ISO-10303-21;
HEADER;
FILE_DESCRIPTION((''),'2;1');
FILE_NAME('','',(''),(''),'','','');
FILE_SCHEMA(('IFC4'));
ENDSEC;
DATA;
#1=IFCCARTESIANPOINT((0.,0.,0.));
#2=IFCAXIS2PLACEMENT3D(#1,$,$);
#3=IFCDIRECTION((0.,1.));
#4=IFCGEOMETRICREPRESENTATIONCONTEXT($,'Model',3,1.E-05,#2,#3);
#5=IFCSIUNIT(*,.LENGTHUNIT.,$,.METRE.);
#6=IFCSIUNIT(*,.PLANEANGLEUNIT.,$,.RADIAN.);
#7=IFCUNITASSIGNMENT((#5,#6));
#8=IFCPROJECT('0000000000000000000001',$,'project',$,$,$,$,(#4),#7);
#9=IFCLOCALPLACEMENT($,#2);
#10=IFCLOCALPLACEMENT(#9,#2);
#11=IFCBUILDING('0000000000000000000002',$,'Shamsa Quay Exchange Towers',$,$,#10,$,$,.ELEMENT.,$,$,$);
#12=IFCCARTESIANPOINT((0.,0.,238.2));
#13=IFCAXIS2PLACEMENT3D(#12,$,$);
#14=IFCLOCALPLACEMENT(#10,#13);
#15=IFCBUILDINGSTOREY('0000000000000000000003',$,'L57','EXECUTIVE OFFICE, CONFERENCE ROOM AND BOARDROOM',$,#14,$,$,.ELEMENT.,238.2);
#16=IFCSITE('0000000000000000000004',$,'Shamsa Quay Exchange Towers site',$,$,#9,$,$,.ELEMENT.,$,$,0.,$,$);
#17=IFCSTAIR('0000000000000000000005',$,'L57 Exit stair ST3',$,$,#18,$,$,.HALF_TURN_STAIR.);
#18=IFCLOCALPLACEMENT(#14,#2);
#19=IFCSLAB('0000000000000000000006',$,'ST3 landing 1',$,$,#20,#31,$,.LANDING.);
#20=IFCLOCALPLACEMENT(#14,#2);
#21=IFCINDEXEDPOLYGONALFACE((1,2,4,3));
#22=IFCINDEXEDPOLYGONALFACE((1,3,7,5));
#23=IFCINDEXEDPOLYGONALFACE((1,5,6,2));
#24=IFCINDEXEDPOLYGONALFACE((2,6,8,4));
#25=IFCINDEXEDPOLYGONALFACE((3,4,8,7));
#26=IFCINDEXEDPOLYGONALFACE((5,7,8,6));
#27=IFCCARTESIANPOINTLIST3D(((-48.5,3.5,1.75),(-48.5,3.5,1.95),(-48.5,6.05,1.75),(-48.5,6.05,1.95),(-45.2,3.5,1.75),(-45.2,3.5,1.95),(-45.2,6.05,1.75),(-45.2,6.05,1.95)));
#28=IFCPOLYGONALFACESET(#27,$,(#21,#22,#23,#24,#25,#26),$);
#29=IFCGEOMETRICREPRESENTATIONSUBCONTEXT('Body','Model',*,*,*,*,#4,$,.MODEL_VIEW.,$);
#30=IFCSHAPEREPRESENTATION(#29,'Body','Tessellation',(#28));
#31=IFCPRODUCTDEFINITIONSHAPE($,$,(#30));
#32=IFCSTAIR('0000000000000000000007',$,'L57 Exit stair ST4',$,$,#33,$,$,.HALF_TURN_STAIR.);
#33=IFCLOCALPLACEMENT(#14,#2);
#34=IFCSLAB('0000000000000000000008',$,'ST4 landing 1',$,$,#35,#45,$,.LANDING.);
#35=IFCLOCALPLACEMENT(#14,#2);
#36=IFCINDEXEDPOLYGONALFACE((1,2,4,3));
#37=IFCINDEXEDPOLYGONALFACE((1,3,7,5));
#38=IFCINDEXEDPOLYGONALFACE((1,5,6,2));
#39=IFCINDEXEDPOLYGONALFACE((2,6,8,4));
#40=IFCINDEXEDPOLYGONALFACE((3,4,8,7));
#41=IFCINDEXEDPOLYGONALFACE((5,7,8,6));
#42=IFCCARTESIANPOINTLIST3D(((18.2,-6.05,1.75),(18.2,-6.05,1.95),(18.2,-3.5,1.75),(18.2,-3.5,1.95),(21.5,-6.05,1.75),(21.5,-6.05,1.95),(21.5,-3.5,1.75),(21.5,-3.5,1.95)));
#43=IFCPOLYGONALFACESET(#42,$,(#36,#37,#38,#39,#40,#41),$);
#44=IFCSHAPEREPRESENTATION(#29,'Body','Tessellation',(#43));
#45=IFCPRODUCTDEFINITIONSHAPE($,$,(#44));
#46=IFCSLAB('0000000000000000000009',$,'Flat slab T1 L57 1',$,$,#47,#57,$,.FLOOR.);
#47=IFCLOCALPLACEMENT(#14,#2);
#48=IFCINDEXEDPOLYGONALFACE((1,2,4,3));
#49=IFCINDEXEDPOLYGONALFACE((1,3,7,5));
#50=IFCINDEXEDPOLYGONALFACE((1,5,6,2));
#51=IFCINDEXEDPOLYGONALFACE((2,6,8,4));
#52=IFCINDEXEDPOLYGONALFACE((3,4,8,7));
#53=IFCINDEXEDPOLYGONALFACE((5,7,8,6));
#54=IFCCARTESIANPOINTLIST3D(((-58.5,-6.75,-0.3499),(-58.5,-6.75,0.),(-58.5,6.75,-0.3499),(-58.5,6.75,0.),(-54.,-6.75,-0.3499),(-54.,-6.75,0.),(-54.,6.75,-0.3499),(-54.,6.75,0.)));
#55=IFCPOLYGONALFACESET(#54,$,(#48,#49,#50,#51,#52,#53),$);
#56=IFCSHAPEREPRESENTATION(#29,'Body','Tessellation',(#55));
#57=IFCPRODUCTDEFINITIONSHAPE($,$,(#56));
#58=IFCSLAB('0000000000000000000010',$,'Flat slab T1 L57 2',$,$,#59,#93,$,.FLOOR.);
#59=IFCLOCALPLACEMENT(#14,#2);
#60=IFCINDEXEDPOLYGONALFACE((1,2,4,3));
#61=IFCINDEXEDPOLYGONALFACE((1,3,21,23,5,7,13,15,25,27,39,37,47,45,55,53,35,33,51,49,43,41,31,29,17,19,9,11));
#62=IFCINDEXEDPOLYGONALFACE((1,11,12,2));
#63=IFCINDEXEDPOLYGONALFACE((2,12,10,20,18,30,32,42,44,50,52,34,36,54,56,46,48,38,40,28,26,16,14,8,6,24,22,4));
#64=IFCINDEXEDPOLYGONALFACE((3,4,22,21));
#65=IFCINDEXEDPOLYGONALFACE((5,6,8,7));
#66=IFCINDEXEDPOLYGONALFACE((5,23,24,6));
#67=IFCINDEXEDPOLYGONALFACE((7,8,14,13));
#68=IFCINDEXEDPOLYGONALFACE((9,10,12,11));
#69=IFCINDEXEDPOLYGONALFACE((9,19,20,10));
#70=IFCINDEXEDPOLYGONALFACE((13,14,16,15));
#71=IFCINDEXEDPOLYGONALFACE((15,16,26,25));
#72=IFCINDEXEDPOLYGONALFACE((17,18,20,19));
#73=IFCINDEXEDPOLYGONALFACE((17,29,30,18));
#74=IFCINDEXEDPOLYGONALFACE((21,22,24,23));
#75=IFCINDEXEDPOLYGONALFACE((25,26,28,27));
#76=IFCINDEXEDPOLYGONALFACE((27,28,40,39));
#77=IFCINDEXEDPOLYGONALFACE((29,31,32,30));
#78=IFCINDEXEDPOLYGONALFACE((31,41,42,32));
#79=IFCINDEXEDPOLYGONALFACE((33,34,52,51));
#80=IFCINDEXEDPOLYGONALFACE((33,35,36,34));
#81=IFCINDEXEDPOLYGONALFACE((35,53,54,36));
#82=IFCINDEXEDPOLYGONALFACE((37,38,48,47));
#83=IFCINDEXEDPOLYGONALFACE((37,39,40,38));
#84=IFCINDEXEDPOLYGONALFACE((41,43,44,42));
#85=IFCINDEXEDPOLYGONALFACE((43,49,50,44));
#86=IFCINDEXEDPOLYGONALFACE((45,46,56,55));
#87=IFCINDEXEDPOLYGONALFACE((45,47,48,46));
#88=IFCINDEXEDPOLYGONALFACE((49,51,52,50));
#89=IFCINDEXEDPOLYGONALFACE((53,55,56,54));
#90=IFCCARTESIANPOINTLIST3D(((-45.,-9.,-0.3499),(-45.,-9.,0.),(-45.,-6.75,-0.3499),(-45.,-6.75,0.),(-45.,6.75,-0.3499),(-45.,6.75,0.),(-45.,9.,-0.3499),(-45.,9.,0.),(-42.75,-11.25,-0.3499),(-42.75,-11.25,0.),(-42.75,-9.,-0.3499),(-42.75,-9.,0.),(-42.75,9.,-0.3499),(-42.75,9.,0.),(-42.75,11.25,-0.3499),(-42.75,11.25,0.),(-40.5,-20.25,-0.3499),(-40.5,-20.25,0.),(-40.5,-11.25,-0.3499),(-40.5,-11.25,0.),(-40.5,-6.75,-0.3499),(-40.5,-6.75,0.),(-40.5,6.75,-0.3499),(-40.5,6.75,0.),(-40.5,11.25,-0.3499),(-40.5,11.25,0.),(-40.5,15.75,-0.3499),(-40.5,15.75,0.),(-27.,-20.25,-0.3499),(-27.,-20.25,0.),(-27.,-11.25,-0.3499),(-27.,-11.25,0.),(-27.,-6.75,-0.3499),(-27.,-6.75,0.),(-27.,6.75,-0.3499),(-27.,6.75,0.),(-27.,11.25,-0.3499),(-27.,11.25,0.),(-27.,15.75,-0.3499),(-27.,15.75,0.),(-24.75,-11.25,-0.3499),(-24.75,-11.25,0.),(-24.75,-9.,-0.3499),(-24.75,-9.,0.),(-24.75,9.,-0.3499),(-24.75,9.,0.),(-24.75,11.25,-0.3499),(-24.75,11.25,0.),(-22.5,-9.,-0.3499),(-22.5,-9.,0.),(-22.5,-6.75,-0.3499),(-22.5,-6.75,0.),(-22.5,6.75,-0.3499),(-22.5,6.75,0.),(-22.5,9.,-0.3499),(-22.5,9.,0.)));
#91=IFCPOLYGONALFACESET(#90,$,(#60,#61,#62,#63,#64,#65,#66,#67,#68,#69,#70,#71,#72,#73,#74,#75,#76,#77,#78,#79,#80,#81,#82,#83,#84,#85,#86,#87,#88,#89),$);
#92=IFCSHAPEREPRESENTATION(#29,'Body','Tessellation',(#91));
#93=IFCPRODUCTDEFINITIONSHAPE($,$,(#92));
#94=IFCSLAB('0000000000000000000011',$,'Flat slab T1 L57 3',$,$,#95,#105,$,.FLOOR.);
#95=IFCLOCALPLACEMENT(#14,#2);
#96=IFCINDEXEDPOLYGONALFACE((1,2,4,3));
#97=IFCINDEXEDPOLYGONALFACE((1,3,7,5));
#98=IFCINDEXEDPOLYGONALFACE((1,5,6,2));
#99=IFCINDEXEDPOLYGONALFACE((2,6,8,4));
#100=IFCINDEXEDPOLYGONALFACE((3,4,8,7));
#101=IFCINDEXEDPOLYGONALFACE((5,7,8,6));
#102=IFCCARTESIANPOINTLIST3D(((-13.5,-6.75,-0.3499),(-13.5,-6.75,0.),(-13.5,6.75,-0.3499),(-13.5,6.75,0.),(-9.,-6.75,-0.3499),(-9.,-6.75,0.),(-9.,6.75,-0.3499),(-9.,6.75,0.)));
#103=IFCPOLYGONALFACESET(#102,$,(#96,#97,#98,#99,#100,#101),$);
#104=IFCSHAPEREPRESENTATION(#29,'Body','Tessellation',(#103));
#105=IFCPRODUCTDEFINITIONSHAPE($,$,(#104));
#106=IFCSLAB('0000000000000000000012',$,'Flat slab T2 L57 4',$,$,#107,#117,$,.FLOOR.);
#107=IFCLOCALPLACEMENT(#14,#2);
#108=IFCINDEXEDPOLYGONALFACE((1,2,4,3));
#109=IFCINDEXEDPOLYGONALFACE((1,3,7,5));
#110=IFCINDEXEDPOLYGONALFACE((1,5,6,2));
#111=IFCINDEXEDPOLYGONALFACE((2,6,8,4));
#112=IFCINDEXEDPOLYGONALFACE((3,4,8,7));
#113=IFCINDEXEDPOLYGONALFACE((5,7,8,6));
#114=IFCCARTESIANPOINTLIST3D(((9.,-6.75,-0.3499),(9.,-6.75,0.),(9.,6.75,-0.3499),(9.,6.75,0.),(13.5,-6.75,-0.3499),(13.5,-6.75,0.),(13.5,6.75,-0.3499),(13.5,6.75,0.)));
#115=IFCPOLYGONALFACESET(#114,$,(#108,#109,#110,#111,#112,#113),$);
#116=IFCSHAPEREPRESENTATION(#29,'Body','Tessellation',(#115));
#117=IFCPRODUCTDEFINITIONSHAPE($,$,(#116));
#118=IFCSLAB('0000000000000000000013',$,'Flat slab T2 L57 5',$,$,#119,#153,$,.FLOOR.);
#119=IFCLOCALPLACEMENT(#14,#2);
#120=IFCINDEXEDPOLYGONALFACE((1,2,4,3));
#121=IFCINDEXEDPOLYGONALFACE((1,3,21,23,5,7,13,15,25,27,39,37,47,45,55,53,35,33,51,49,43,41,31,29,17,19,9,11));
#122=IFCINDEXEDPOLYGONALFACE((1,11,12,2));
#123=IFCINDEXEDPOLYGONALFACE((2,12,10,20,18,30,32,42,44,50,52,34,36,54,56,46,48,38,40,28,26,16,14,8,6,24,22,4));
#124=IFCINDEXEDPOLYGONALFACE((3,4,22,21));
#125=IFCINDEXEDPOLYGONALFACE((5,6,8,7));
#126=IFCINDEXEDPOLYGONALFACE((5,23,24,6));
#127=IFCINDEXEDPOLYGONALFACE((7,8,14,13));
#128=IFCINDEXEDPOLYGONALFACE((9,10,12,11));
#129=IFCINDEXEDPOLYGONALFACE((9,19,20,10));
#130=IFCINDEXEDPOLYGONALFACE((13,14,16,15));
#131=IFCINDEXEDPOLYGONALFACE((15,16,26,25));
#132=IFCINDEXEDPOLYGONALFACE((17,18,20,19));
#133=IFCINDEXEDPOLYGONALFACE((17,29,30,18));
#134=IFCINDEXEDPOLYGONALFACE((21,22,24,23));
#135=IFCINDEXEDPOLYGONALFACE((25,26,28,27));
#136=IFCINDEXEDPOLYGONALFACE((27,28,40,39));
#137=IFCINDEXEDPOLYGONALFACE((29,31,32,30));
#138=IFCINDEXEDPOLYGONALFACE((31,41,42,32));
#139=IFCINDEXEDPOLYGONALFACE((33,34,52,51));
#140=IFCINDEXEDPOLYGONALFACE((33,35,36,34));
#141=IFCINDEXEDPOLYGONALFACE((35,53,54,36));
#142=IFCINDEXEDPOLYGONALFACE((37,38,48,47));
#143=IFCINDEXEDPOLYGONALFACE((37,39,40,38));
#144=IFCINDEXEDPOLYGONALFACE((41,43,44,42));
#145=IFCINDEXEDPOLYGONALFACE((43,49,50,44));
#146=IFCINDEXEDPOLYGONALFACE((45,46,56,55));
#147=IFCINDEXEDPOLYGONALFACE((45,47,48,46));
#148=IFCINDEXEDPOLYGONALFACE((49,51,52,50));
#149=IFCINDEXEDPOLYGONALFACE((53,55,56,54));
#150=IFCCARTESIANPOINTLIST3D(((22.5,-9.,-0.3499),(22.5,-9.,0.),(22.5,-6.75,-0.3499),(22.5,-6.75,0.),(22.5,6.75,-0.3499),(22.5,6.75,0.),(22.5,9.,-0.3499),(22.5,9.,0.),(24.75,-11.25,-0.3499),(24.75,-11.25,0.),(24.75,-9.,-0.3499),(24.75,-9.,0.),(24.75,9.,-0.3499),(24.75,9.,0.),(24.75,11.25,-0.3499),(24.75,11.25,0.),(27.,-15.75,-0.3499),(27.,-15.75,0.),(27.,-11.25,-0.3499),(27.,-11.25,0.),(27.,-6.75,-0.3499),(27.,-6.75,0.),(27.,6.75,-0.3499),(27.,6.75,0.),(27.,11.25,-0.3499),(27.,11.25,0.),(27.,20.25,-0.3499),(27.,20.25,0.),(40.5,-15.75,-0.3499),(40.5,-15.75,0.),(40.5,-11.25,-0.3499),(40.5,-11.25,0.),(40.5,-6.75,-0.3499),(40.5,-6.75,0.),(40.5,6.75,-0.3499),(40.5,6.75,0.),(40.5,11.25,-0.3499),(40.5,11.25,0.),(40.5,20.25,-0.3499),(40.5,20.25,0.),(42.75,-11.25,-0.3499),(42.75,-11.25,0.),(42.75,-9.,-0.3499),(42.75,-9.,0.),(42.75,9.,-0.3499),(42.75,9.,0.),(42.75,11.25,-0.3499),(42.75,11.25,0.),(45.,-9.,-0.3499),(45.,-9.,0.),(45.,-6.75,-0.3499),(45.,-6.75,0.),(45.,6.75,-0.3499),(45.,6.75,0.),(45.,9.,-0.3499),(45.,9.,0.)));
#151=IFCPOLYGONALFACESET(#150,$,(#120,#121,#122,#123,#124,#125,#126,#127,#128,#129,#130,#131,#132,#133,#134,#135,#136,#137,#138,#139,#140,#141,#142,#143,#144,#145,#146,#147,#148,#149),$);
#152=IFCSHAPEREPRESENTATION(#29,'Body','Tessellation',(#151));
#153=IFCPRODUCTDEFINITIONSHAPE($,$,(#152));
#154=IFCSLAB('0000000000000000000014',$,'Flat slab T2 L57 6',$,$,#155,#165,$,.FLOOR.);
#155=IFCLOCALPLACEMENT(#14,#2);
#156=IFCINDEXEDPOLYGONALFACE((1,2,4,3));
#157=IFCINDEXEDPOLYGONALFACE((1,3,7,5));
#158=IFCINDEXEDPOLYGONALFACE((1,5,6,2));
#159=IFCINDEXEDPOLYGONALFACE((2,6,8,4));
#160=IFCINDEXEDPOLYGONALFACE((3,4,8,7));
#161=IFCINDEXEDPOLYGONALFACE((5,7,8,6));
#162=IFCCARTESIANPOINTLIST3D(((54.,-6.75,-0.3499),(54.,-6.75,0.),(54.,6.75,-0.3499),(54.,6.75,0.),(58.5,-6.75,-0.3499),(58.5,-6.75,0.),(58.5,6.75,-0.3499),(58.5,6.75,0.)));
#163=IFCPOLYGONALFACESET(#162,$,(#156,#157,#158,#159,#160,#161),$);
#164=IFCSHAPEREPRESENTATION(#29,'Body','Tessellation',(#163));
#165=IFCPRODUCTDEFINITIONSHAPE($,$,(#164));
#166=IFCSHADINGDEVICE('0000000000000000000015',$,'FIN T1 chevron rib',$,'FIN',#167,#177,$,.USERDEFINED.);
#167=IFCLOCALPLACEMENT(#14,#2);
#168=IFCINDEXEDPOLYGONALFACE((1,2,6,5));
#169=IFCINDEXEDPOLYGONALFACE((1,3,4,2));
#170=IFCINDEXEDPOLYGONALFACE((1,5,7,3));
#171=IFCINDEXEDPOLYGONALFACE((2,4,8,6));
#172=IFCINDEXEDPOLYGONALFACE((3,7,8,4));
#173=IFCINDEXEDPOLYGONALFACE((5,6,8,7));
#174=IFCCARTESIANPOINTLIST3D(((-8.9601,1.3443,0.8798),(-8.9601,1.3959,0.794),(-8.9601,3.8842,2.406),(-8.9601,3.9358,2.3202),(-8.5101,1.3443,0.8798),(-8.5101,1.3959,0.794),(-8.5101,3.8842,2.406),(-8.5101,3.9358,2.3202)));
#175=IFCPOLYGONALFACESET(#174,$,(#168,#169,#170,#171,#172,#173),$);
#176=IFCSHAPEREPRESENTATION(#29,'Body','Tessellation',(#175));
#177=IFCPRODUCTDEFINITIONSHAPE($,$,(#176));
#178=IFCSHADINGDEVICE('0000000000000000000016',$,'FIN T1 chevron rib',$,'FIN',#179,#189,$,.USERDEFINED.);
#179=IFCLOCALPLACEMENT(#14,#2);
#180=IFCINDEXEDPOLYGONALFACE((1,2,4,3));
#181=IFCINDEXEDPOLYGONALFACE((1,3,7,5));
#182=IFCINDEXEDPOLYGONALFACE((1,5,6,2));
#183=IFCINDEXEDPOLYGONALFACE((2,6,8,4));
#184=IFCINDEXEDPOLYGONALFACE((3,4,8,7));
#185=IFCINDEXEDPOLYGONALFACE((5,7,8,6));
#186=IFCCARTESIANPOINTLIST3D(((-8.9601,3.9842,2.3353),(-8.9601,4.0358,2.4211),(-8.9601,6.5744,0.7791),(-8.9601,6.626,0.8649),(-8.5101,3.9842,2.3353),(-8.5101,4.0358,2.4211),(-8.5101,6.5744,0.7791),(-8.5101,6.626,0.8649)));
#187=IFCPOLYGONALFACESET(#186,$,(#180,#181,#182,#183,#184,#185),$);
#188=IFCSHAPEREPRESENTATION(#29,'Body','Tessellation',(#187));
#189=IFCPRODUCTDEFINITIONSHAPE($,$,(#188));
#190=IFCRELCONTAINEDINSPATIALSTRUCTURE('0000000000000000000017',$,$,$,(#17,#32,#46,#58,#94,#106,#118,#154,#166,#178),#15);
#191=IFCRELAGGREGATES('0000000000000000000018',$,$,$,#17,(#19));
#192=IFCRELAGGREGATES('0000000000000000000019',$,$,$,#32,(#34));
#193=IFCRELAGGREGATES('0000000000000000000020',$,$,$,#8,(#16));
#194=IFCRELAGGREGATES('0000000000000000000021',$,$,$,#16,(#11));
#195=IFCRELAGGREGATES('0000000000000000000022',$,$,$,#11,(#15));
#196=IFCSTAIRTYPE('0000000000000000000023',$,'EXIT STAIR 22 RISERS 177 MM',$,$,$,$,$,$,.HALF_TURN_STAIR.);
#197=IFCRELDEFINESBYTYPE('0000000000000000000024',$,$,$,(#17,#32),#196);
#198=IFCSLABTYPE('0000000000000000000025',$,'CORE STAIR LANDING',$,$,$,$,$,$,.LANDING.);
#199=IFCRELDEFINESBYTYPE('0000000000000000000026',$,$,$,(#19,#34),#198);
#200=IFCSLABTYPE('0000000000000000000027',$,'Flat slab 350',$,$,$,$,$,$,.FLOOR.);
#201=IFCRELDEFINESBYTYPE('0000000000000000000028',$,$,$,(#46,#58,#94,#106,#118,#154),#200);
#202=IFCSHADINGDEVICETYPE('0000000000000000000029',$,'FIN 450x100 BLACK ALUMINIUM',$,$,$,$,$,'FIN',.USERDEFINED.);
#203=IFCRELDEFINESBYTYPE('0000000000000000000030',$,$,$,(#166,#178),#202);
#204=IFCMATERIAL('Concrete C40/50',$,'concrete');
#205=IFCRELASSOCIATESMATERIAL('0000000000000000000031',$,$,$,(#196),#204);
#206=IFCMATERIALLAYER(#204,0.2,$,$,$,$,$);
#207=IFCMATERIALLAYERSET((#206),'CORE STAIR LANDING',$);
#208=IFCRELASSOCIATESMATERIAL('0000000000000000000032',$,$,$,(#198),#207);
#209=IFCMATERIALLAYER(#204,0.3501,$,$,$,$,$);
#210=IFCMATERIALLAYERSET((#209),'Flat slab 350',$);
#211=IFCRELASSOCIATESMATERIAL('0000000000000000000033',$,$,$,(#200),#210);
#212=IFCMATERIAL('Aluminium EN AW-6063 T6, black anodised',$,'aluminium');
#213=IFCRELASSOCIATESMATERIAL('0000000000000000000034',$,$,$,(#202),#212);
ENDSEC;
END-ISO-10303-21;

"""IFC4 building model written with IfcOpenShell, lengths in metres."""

from ifc_helpers import new_model, si_unit, direction, frame, origin, origin_2d, place, context, subcontext, project, spatial, polyline, rectangle, outline, extrude, material, layer, layer_set, material_profile, profile_set, type_object, element, aggregate, save


model = new_model("IFC4")

# Units and contexts
model_context = context("Model", 3, precision=1e-05, world=origin(), true_north=direction((0.0, 1.0)))
body_context = subcontext(model_context, "Body", "Model", "MODEL_VIEW")
ifc_project = project(units=[si_unit("LENGTHUNIT", "METRE"), si_unit("PLANEANGLEUNIT", "RADIAN")], contexts=[model_context])

# Site, building, storey
site_placement = place(None, origin())
site = spatial("IfcSite", under=ifc_project, at=site_placement, Name="Shamsa Quay Exchange Towers site", CompositionType="ELEMENT", RefElevation=0.0)
building_placement = place(site_placement, origin())
building = spatial("IfcBuilding", under=site, at=building_placement, Name="Shamsa Quay Exchange Towers", CompositionType="ELEMENT")
storey_placement = place(building_placement, frame((0.0, 0.0, 238.2)))
storey = spatial("IfcBuildingStorey", under=building, at=storey_placement, Name="L57", Description="EXECUTIVE OFFICE, CONFERENCE ROOM AND BOARDROOM", CompositionType="ELEMENT", Elevation=238.2)

# Stairs, slabs
ifc_material_1 = material(Name="Concrete C40/50", Category="concrete")
stair_type = type_object("IfcStairType", Name="EXIT STAIR 22 RISERS 177 MM", PredefinedType="HALF_TURN_STAIR", material=ifc_material_1)
ifc_layer_1 = layer(ifc_material_1, 0.2)
ifc_layer_set_1 = layer_set([ifc_layer_1], Name="CORE STAIR LANDING")
slab_type_1 = type_object("IfcSlabType", Name="CORE STAIR LANDING", PredefinedType="LANDING", material=ifc_layer_set_1)
stair_1_placement = place(storey_placement, origin())
stair_1 = element("IfcStair", 1, at=stair_1_placement, inside=storey, type_object=stair_type, Name="L57 Exit stair ST3", PredefinedType="HALF_TURN_STAIR")
slab_1_placement = place(storey_placement, frame((0.0, 0.0, 1.75)))
slab_1 = element("IfcSlab", 2, at=slab_1_placement, type_object=slab_type_1, Name="ST3 landing 1", PredefinedType="LANDING", context=body_context, shape_type="SweptSolid", body=[
    extrude(outline(polyline([(-45.2, 6.05), (-48.5, 6.05), (-48.5, 3.5), (-45.2, 3.5), (-45.2, 6.05)])), origin(), (0.0, 0.0, 1.0), 0.2),
])
aggregate(stair_1, [slab_1])
stair_2_placement = place(storey_placement, origin())
stair_2 = element("IfcStair", 3, at=stair_2_placement, inside=storey, type_object=stair_type, Name="L57 Exit stair ST4", PredefinedType="HALF_TURN_STAIR")
slab_2_placement = place(storey_placement, frame((0.0, 0.0, 1.75)))
slab_2 = element("IfcSlab", 4, at=slab_2_placement, type_object=slab_type_1, Name="ST4 landing 1", PredefinedType="LANDING", context=body_context, shape_type="SweptSolid", body=[
    extrude(outline(polyline([(18.2, -6.05), (21.5, -6.05), (21.5, -3.5), (18.2, -3.5), (18.2, -6.05)])), origin(), (0.0, 0.0, 1.0), 0.2),
])
aggregate(stair_2, [slab_2])

# Slabs
ifc_layer_2 = layer(ifc_material_1, 0.3501)
ifc_layer_set_2 = layer_set([ifc_layer_2], Name="Flat slab 350")
slab_type_2 = type_object("IfcSlabType", Name="Flat slab 350", PredefinedType="FLOOR", material=ifc_layer_set_2)
slab_3_placement = place(storey_placement, frame((0.0, 0.0, -0.3499)))
element("IfcSlab", 5, at=slab_3_placement, inside=storey, type_object=slab_type_2, Name="Flat slab T1 L57 1", PredefinedType="FLOOR", context=body_context, shape_type="SweptSolid", body=[
    extrude(outline(polyline([(-58.5, -6.75), (-54.0, -6.75), (-54.0, 6.75), (-58.5, 6.75), (-58.5, -6.75)])), origin(), (0.0, 0.0, 1.0), 0.3499),
])
slab_4_placement = place(storey_placement, frame((0.0, 0.0, -0.3499)))
element("IfcSlab", 6, at=slab_4_placement, inside=storey, type_object=slab_type_2, Name="Flat slab T1 L57 2", PredefinedType="FLOOR", context=body_context, shape_type="SweptSolid", body=[
    extrude(outline(polyline([(-22.5, -9.0), (-22.5, -6.75), (-27.0, -6.75), (-27.0, 6.75), (-22.5, 6.75), (-22.5, 9.0), (-24.75, 9.0), (-24.75, 11.25), (-27.0, 11.25), (-27.0, 15.75), (-40.5, 15.75), (-40.5, 11.25), (-42.75, 11.25), (-42.75, 9.0), (-45.0, 9.0), (-45.0, 6.75), (-40.5, 6.75), (-40.5, -6.75), (-45.0, -6.75), (-45.0, -9.0), (-42.75, -9.0), (-42.75, -11.25), (-40.5, -11.25), (-40.5, -20.25), (-27.0, -20.25), (-27.0, -11.25), (-24.75, -11.25), (-24.75, -9.0), (-22.5, -9.0)])), origin(), (0.0, 0.0, 1.0), 0.3499),
])
slab_5_placement = place(storey_placement, frame((0.0, 0.0, -0.3499)))
element("IfcSlab", 7, at=slab_5_placement, inside=storey, type_object=slab_type_2, Name="Flat slab T1 L57 3", PredefinedType="FLOOR", context=body_context, shape_type="SweptSolid", body=[
    extrude(outline(polyline([(-9.0, 6.75), (-13.5, 6.75), (-13.5, -6.75), (-9.0, -6.75), (-9.0, 6.75)])), origin(), (0.0, 0.0, 1.0), 0.3499),
])
slab_6_placement = place(storey_placement, frame((0.0, 0.0, -0.3499)))
element("IfcSlab", 8, at=slab_6_placement, inside=storey, type_object=slab_type_2, Name="Flat slab T2 L57 4", PredefinedType="FLOOR", context=body_context, shape_type="SweptSolid", body=[
    extrude(outline(polyline([(9.0, -6.75), (13.5, -6.75), (13.5, 6.75), (9.0, 6.75), (9.0, -6.75)])), origin(), (0.0, 0.0, 1.0), 0.3499),
])
slab_7_placement = place(storey_placement, frame((0.0, 0.0, -0.3499)))
element("IfcSlab", 9, at=slab_7_placement, inside=storey, type_object=slab_type_2, Name="Flat slab T2 L57 5", PredefinedType="FLOOR", context=body_context, shape_type="SweptSolid", body=[
    extrude(outline(polyline([(45.0, -9.0), (45.0, -6.75), (40.5, -6.75), (40.5, 6.75), (45.0, 6.75), (45.0, 9.0), (42.75, 9.0), (42.75, 11.25), (40.5, 11.25), (40.5, 20.25), (27.0, 20.25), (27.0, 11.25), (24.75, 11.25), (24.75, 9.0), (22.5, 9.0), (22.5, 6.75), (27.0, 6.75), (27.0, -6.75), (22.5, -6.75), (22.5, -9.0), (24.75, -9.0), (24.75, -11.25), (27.0, -11.25), (27.0, -15.75), (40.5, -15.75), (40.5, -11.25), (42.75, -11.25), (42.75, -9.0), (45.0, -9.0)])), origin(), (0.0, 0.0, 1.0), 0.3499),
])
slab_8_placement = place(storey_placement, frame((0.0, 0.0, -0.3499)))
element("IfcSlab", 10, at=slab_8_placement, inside=storey, type_object=slab_type_2, Name="Flat slab T2 L57 6", PredefinedType="FLOOR", context=body_context, shape_type="SweptSolid", body=[
    extrude(outline(polyline([(58.5, 6.75), (54.0, 6.75), (54.0, -6.75), (58.5, -6.75), (58.5, 6.75)])), origin(), (0.0, 0.0, 1.0), 0.3499),
])

# Shading devices
ifc_material_2 = material(Name="Aluminium EN AW-6063 T6, black anodised", Category="aluminium")
ifc_material_profile = material_profile(ifc_material_2, rectangle(XDim=0.45, YDim=0.1001, at=origin_2d()), Name="FIN450x100")
ifc_profile_set = profile_set([ifc_material_profile], Name="Aluminium EN AW-6063 T6, black anodised")
shading_device_type = type_object("IfcShadingDeviceType", Name="FIN 450x100 BLACK ALUMINIUM", ElementType="FIN", PredefinedType="USERDEFINED", material=ifc_profile_set)
shading_device_1_placement = place(storey_placement, frame((-8.7351, 1.3701, 0.8369), z_axis=(0.0, 0.857158, 0.515053), x_axis=(-1.0, 0.0, 0.0)))
element("IfcShadingDevice", 11, at=shading_device_1_placement, inside=storey, type_object=shading_device_type, Name="FIN T1 chevron rib", ObjectType="FIN", PredefinedType="USERDEFINED", context=body_context, shape_type="SweptSolid", body=[
    extrude(rectangle(XDim=0.45, YDim=0.1001, at=origin_2d()), origin(), (0.0, 0.0, 1.0), 2.9631),
])
shading_device_2_placement = place(storey_placement, frame((-8.7351, 4.01, 2.3782), z_axis=(0.0, 0.857186, -0.515007), x_axis=(-1.0, 0.0, 0.0)))
element("IfcShadingDevice", 12, at=shading_device_2_placement, inside=storey, type_object=shading_device_type, Name="FIN T1 chevron rib", ObjectType="FIN", PredefinedType="USERDEFINED", context=body_context, shape_type="SweptSolid", body=[
    extrude(rectangle(XDim=0.45, YDim=0.1001, at=origin_2d()), origin(), (0.0, 0.0, 1.0), 3.0217),
])

save(model, "model.ifc")
